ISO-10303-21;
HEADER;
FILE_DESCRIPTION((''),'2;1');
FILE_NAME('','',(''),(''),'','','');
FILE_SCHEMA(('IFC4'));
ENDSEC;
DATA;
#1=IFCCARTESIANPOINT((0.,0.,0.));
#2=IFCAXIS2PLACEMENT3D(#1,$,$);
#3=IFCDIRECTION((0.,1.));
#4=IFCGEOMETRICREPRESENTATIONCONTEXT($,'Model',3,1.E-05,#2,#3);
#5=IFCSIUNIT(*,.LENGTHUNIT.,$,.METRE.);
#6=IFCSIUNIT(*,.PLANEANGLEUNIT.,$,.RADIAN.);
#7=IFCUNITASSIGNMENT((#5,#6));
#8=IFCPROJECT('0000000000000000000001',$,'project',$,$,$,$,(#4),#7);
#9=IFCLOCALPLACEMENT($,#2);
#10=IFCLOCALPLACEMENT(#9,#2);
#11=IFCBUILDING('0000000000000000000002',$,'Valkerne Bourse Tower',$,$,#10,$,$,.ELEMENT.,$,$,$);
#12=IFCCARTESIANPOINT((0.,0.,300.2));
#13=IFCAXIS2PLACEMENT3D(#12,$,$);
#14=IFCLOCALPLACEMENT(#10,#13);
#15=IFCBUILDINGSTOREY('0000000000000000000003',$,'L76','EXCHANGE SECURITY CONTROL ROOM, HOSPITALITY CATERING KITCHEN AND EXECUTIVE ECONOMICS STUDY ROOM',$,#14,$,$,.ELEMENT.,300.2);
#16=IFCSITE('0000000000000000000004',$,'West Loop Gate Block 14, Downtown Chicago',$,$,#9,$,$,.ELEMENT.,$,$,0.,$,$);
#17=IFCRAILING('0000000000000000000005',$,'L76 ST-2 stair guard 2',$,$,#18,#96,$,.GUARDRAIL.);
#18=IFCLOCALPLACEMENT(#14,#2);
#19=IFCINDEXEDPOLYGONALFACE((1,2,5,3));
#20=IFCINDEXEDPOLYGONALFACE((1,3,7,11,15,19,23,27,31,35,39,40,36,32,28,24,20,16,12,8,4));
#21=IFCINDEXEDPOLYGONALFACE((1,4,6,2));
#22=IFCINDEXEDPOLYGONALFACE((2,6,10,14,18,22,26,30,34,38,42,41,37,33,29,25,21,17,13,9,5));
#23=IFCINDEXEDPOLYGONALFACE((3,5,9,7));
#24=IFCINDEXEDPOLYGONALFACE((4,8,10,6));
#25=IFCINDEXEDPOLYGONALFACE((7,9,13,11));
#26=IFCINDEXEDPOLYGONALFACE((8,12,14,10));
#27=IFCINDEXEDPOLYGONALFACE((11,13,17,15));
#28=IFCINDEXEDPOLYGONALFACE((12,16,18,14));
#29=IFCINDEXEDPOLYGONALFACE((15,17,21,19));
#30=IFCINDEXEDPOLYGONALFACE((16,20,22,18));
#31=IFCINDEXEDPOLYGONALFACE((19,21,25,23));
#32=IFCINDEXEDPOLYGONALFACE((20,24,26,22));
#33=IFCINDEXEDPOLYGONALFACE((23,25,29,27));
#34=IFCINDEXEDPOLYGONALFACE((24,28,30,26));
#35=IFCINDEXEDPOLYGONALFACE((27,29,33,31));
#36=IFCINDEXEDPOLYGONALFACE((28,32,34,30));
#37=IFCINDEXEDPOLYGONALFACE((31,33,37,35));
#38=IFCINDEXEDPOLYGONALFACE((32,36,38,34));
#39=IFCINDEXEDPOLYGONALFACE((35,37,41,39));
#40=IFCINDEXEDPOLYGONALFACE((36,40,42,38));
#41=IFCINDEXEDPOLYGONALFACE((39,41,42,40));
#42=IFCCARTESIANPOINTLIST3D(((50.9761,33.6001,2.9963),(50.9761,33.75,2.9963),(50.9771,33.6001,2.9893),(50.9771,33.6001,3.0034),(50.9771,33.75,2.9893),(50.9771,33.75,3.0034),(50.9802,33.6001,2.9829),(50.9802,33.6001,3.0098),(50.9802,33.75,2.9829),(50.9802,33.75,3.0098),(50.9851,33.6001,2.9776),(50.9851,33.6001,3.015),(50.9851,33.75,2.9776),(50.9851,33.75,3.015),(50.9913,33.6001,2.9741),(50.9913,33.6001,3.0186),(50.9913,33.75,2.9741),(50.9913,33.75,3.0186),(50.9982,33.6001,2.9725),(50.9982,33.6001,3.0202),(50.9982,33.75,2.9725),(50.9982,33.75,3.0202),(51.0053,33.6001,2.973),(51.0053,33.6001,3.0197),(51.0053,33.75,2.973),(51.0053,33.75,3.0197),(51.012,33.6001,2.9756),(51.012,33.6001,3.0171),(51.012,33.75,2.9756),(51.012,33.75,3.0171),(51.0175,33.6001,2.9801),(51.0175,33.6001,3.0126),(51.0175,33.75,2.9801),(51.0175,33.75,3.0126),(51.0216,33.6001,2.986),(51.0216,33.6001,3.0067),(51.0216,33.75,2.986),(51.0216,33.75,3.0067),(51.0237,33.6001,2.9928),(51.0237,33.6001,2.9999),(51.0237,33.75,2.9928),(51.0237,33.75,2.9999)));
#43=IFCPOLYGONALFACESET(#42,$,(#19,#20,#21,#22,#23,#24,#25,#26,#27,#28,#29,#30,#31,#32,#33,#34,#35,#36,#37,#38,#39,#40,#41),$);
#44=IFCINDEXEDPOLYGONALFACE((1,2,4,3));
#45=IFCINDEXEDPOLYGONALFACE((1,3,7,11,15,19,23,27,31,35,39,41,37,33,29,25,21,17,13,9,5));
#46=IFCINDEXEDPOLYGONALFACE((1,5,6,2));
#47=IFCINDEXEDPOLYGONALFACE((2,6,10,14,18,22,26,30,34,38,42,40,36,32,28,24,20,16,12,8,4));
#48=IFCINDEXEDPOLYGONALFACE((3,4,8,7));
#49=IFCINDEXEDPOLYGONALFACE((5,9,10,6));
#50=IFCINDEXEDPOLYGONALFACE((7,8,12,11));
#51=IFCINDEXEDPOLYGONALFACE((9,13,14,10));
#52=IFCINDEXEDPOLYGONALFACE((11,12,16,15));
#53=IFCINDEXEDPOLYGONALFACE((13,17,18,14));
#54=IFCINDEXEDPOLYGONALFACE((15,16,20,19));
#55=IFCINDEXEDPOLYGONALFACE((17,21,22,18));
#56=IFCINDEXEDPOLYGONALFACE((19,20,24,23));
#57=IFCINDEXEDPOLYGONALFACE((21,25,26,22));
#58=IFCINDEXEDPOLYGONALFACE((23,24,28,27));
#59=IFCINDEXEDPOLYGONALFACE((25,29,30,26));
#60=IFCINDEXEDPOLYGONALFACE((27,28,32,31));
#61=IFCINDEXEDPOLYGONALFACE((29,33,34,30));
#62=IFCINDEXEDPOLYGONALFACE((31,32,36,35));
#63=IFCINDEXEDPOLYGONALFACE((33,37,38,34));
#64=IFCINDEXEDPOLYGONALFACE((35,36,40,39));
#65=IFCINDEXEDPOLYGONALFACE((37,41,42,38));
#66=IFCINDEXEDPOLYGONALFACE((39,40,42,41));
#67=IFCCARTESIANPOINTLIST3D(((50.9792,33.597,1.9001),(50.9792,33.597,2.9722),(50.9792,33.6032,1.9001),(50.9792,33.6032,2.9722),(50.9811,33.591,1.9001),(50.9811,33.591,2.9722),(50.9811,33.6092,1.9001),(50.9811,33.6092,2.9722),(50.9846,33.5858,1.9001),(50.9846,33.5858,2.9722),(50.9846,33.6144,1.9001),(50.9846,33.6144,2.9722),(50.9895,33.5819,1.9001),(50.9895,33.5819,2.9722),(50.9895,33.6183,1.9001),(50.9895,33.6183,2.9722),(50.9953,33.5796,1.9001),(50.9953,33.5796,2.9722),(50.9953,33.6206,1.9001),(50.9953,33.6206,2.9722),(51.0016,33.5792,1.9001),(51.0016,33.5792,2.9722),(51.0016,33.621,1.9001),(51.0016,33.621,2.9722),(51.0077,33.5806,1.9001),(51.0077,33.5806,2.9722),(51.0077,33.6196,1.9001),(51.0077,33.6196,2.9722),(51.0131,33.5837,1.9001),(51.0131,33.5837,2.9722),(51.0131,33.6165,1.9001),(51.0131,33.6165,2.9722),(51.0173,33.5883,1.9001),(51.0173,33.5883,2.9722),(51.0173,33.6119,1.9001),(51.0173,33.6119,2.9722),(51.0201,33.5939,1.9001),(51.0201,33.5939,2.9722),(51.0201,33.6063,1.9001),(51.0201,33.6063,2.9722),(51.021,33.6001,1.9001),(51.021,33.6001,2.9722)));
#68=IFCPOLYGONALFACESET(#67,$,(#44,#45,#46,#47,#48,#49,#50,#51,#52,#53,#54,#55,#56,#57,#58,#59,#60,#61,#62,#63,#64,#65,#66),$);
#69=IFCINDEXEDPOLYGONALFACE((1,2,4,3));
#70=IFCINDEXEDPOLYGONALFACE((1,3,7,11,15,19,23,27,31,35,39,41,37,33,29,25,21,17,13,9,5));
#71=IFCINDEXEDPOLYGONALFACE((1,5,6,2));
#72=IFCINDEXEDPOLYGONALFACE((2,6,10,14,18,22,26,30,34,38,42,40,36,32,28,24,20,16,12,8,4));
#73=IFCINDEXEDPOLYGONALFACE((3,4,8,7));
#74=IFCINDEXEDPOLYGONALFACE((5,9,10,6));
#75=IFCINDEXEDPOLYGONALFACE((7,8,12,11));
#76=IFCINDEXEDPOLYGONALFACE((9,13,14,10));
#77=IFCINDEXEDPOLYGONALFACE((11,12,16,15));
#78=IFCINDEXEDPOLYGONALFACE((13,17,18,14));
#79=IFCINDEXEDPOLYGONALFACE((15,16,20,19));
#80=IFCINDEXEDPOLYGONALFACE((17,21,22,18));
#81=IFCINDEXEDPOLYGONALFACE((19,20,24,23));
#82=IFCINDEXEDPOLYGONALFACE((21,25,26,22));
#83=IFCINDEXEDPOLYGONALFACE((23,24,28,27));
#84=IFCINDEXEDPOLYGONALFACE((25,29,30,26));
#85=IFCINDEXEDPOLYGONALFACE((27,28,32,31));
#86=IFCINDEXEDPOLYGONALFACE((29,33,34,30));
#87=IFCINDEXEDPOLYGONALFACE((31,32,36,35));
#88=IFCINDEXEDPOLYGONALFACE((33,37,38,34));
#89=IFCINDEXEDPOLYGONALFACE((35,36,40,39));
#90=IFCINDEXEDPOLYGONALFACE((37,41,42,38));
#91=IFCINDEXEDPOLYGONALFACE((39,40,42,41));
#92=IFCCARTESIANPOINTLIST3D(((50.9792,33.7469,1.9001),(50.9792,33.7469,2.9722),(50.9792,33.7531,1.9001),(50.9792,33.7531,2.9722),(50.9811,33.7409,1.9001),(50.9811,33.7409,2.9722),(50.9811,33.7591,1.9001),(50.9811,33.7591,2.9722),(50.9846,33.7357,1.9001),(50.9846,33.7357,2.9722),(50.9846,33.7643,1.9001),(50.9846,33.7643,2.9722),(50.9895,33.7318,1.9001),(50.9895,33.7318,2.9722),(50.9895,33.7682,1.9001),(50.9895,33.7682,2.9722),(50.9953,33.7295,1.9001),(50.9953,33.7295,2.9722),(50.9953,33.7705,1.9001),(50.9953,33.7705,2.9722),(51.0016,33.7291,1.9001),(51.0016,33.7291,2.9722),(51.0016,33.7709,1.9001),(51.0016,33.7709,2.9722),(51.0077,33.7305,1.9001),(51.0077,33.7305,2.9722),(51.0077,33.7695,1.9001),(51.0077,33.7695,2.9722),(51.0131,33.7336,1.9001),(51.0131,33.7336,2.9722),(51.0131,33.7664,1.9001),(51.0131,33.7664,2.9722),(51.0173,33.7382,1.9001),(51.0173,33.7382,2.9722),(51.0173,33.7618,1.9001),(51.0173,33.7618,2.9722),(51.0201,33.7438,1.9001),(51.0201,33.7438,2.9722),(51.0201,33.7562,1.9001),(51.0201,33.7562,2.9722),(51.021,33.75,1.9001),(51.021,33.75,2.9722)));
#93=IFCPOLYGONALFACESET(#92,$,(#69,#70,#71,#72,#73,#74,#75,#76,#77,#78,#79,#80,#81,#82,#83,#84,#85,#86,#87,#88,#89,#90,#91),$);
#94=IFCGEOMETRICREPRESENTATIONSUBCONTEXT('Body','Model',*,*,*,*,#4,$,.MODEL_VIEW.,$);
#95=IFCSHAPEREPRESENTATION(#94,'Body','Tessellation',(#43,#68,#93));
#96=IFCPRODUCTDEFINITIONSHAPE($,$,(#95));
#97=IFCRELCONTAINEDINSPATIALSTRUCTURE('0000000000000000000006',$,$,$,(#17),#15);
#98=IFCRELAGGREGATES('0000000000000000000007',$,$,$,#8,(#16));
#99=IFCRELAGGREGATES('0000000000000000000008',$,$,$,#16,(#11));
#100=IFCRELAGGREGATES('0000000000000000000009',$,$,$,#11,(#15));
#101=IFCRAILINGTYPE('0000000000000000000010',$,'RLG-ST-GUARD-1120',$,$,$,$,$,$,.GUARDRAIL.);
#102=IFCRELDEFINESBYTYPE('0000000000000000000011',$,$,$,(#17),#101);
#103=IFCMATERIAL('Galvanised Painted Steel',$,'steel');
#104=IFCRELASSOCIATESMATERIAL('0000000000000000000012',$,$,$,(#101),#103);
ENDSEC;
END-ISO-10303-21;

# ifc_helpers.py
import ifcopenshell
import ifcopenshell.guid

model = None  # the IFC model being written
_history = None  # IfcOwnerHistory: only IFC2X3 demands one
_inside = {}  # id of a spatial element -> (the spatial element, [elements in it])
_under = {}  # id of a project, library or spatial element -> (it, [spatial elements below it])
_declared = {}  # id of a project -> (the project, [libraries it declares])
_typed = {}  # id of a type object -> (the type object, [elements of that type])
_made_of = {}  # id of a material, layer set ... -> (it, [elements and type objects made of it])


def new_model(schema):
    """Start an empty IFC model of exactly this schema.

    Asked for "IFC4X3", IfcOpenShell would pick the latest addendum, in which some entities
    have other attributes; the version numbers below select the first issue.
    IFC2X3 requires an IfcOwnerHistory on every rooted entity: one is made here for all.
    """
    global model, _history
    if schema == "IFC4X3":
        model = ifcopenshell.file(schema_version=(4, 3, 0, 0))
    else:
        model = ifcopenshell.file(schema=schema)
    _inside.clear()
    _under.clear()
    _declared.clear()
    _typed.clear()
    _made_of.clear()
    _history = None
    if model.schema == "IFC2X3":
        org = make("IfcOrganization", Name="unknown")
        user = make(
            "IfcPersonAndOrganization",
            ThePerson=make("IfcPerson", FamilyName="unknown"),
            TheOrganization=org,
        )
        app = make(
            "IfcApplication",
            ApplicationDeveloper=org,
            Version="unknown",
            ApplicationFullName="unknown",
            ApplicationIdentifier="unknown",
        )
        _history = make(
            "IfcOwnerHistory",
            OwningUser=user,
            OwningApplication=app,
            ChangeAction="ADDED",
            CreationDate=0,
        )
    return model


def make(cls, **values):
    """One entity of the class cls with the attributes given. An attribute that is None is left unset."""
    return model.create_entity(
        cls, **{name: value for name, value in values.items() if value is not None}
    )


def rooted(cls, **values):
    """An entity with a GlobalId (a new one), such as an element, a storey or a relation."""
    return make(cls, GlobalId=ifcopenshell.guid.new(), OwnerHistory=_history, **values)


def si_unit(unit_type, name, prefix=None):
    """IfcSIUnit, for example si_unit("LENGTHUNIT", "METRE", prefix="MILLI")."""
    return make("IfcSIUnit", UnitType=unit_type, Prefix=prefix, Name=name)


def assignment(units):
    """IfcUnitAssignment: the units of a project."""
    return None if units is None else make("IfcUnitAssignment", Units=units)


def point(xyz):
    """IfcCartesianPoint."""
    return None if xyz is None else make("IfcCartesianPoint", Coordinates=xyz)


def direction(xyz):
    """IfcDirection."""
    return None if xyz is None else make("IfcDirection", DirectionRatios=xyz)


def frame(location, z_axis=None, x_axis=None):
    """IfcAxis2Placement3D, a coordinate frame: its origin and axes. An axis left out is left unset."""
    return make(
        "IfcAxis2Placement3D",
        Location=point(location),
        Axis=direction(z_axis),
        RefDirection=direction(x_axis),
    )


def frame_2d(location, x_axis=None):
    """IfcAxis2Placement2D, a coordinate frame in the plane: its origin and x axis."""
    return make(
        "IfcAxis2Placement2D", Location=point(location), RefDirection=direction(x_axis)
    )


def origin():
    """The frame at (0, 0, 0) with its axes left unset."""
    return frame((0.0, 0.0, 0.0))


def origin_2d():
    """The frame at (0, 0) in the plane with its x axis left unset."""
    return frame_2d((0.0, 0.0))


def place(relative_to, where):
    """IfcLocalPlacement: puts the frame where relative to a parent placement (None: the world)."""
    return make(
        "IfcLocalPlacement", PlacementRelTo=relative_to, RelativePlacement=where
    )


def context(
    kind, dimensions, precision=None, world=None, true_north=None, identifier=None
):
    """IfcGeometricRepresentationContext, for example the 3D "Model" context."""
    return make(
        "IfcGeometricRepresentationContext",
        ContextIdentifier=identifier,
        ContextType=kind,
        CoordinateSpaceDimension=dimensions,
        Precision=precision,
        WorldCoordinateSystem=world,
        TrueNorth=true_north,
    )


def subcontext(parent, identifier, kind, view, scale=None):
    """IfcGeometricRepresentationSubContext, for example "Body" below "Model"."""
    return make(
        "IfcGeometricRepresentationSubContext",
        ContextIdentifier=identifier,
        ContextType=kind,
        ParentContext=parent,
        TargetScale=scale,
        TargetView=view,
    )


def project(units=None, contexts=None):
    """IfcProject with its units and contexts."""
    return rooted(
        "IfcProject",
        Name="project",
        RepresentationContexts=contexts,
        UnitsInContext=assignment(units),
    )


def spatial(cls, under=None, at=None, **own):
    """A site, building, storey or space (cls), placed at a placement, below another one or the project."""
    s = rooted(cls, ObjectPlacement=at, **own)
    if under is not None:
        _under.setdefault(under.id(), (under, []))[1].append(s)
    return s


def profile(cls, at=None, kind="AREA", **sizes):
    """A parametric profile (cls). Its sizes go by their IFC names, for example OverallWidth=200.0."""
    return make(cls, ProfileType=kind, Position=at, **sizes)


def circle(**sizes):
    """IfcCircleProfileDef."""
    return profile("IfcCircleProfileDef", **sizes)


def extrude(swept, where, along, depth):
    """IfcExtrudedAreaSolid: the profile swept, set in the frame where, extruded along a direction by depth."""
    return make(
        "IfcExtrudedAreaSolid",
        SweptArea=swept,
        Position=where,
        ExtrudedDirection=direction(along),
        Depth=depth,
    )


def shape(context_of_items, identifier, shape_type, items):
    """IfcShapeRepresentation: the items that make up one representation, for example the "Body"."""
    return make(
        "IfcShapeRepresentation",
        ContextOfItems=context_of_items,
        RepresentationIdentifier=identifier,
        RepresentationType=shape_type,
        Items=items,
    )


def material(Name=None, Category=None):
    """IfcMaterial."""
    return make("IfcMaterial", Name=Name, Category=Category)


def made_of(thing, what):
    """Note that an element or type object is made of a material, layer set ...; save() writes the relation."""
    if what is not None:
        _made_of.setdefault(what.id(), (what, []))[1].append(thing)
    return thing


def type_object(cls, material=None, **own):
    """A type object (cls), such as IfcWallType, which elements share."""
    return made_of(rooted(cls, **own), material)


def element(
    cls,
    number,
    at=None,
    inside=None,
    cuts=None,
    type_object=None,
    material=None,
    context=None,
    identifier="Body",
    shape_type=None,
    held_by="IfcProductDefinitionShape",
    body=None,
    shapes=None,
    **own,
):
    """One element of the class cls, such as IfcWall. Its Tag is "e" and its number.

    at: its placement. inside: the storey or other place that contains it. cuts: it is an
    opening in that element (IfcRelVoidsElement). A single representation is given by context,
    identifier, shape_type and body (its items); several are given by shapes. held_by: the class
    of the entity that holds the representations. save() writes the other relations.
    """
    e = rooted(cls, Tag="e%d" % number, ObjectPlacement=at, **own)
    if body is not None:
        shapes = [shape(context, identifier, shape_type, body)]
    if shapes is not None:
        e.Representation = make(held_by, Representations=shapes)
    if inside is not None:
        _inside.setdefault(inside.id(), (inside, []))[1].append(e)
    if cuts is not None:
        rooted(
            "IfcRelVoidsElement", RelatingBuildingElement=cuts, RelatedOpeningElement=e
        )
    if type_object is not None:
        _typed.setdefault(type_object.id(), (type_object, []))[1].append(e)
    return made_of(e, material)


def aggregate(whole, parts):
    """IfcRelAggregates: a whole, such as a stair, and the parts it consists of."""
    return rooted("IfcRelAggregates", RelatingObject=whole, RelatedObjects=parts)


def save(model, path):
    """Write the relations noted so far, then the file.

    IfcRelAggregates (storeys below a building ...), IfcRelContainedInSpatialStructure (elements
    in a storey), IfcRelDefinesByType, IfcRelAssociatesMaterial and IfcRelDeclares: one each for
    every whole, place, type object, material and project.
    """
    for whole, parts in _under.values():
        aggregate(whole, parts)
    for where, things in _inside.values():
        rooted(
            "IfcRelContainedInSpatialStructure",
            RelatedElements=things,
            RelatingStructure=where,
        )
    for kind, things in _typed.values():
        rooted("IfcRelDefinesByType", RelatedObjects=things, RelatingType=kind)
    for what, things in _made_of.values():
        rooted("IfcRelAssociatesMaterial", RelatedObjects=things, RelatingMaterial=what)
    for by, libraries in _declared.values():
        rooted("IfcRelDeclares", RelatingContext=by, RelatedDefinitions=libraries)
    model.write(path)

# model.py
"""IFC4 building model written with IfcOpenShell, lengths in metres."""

from ifc_helpers import new_model, si_unit, direction, frame, origin, origin_2d, place, context, subcontext, project, spatial, circle, extrude, material, type_object, element, save


model = new_model("IFC4")

# Units and contexts
model_context = context("Model", 3, precision=1e-05, world=origin(), true_north=direction((0.0, 1.0)))
body_context = subcontext(model_context, "Body", "Model", "MODEL_VIEW")
ifc_project = project(units=[si_unit("LENGTHUNIT", "METRE"), si_unit("PLANEANGLEUNIT", "RADIAN")], contexts=[model_context])

# Site, building, storey
site_placement = place(None, origin())
site = spatial("IfcSite", under=ifc_project, at=site_placement, Name="West Loop Gate Block 14, Downtown Chicago", CompositionType="ELEMENT", RefElevation=0.0)
building_placement = place(site_placement, origin())
building = spatial("IfcBuilding", under=site, at=building_placement, Name="Valkerne Bourse Tower", CompositionType="ELEMENT")
storey_placement = place(building_placement, frame((0.0, 0.0, 300.2)))
storey = spatial("IfcBuildingStorey", under=building, at=storey_placement, Name="L76", Description="EXCHANGE SECURITY CONTROL ROOM, HOSPITALITY CATERING KITCHEN AND EXECUTIVE ECONOMICS STUDY ROOM", CompositionType="ELEMENT", Elevation=300.2)

# Shared definitions
ifc_material_1 = material(Name="Galvanised Painted Steel", Category="steel")

# Railing
railing_type_1 = type_object("IfcRailingType", Name="RLG-ST-GUARD-1120", PredefinedType="GUARDRAIL", material=ifc_material_1)
railing_1_placement = place(storey_placement, frame((51.0, 33.6001, 1.9001)))
element("IfcRailing", 1, at=railing_1_placement, inside=storey, type_object=railing_type_1, Name="L76 ST-2 stair guard 2", PredefinedType="GUARDRAIL", context=body_context, shape_type="SweptSolid", body=[
    extrude(circle(Radius=0.0239, at=origin_2d()), frame((0.0, 0.0, 1.0962), z_axis=(0.0, 1.0, 0.0), x_axis=(-1.0, 0.0, 0.0)), (0.0, 0.0, 1.0), 0.1499),
    extrude(circle(Radius=0.021, at=origin_2d()), origin(), (0.0, 0.0, 1.0), 1.072),
    extrude(circle(Radius=0.021, at=origin_2d()), frame((0.0, 0.1499, 0.0)), (0.0, 0.0, 1.0), 1.072),
])

save(model, "model.ifc")
